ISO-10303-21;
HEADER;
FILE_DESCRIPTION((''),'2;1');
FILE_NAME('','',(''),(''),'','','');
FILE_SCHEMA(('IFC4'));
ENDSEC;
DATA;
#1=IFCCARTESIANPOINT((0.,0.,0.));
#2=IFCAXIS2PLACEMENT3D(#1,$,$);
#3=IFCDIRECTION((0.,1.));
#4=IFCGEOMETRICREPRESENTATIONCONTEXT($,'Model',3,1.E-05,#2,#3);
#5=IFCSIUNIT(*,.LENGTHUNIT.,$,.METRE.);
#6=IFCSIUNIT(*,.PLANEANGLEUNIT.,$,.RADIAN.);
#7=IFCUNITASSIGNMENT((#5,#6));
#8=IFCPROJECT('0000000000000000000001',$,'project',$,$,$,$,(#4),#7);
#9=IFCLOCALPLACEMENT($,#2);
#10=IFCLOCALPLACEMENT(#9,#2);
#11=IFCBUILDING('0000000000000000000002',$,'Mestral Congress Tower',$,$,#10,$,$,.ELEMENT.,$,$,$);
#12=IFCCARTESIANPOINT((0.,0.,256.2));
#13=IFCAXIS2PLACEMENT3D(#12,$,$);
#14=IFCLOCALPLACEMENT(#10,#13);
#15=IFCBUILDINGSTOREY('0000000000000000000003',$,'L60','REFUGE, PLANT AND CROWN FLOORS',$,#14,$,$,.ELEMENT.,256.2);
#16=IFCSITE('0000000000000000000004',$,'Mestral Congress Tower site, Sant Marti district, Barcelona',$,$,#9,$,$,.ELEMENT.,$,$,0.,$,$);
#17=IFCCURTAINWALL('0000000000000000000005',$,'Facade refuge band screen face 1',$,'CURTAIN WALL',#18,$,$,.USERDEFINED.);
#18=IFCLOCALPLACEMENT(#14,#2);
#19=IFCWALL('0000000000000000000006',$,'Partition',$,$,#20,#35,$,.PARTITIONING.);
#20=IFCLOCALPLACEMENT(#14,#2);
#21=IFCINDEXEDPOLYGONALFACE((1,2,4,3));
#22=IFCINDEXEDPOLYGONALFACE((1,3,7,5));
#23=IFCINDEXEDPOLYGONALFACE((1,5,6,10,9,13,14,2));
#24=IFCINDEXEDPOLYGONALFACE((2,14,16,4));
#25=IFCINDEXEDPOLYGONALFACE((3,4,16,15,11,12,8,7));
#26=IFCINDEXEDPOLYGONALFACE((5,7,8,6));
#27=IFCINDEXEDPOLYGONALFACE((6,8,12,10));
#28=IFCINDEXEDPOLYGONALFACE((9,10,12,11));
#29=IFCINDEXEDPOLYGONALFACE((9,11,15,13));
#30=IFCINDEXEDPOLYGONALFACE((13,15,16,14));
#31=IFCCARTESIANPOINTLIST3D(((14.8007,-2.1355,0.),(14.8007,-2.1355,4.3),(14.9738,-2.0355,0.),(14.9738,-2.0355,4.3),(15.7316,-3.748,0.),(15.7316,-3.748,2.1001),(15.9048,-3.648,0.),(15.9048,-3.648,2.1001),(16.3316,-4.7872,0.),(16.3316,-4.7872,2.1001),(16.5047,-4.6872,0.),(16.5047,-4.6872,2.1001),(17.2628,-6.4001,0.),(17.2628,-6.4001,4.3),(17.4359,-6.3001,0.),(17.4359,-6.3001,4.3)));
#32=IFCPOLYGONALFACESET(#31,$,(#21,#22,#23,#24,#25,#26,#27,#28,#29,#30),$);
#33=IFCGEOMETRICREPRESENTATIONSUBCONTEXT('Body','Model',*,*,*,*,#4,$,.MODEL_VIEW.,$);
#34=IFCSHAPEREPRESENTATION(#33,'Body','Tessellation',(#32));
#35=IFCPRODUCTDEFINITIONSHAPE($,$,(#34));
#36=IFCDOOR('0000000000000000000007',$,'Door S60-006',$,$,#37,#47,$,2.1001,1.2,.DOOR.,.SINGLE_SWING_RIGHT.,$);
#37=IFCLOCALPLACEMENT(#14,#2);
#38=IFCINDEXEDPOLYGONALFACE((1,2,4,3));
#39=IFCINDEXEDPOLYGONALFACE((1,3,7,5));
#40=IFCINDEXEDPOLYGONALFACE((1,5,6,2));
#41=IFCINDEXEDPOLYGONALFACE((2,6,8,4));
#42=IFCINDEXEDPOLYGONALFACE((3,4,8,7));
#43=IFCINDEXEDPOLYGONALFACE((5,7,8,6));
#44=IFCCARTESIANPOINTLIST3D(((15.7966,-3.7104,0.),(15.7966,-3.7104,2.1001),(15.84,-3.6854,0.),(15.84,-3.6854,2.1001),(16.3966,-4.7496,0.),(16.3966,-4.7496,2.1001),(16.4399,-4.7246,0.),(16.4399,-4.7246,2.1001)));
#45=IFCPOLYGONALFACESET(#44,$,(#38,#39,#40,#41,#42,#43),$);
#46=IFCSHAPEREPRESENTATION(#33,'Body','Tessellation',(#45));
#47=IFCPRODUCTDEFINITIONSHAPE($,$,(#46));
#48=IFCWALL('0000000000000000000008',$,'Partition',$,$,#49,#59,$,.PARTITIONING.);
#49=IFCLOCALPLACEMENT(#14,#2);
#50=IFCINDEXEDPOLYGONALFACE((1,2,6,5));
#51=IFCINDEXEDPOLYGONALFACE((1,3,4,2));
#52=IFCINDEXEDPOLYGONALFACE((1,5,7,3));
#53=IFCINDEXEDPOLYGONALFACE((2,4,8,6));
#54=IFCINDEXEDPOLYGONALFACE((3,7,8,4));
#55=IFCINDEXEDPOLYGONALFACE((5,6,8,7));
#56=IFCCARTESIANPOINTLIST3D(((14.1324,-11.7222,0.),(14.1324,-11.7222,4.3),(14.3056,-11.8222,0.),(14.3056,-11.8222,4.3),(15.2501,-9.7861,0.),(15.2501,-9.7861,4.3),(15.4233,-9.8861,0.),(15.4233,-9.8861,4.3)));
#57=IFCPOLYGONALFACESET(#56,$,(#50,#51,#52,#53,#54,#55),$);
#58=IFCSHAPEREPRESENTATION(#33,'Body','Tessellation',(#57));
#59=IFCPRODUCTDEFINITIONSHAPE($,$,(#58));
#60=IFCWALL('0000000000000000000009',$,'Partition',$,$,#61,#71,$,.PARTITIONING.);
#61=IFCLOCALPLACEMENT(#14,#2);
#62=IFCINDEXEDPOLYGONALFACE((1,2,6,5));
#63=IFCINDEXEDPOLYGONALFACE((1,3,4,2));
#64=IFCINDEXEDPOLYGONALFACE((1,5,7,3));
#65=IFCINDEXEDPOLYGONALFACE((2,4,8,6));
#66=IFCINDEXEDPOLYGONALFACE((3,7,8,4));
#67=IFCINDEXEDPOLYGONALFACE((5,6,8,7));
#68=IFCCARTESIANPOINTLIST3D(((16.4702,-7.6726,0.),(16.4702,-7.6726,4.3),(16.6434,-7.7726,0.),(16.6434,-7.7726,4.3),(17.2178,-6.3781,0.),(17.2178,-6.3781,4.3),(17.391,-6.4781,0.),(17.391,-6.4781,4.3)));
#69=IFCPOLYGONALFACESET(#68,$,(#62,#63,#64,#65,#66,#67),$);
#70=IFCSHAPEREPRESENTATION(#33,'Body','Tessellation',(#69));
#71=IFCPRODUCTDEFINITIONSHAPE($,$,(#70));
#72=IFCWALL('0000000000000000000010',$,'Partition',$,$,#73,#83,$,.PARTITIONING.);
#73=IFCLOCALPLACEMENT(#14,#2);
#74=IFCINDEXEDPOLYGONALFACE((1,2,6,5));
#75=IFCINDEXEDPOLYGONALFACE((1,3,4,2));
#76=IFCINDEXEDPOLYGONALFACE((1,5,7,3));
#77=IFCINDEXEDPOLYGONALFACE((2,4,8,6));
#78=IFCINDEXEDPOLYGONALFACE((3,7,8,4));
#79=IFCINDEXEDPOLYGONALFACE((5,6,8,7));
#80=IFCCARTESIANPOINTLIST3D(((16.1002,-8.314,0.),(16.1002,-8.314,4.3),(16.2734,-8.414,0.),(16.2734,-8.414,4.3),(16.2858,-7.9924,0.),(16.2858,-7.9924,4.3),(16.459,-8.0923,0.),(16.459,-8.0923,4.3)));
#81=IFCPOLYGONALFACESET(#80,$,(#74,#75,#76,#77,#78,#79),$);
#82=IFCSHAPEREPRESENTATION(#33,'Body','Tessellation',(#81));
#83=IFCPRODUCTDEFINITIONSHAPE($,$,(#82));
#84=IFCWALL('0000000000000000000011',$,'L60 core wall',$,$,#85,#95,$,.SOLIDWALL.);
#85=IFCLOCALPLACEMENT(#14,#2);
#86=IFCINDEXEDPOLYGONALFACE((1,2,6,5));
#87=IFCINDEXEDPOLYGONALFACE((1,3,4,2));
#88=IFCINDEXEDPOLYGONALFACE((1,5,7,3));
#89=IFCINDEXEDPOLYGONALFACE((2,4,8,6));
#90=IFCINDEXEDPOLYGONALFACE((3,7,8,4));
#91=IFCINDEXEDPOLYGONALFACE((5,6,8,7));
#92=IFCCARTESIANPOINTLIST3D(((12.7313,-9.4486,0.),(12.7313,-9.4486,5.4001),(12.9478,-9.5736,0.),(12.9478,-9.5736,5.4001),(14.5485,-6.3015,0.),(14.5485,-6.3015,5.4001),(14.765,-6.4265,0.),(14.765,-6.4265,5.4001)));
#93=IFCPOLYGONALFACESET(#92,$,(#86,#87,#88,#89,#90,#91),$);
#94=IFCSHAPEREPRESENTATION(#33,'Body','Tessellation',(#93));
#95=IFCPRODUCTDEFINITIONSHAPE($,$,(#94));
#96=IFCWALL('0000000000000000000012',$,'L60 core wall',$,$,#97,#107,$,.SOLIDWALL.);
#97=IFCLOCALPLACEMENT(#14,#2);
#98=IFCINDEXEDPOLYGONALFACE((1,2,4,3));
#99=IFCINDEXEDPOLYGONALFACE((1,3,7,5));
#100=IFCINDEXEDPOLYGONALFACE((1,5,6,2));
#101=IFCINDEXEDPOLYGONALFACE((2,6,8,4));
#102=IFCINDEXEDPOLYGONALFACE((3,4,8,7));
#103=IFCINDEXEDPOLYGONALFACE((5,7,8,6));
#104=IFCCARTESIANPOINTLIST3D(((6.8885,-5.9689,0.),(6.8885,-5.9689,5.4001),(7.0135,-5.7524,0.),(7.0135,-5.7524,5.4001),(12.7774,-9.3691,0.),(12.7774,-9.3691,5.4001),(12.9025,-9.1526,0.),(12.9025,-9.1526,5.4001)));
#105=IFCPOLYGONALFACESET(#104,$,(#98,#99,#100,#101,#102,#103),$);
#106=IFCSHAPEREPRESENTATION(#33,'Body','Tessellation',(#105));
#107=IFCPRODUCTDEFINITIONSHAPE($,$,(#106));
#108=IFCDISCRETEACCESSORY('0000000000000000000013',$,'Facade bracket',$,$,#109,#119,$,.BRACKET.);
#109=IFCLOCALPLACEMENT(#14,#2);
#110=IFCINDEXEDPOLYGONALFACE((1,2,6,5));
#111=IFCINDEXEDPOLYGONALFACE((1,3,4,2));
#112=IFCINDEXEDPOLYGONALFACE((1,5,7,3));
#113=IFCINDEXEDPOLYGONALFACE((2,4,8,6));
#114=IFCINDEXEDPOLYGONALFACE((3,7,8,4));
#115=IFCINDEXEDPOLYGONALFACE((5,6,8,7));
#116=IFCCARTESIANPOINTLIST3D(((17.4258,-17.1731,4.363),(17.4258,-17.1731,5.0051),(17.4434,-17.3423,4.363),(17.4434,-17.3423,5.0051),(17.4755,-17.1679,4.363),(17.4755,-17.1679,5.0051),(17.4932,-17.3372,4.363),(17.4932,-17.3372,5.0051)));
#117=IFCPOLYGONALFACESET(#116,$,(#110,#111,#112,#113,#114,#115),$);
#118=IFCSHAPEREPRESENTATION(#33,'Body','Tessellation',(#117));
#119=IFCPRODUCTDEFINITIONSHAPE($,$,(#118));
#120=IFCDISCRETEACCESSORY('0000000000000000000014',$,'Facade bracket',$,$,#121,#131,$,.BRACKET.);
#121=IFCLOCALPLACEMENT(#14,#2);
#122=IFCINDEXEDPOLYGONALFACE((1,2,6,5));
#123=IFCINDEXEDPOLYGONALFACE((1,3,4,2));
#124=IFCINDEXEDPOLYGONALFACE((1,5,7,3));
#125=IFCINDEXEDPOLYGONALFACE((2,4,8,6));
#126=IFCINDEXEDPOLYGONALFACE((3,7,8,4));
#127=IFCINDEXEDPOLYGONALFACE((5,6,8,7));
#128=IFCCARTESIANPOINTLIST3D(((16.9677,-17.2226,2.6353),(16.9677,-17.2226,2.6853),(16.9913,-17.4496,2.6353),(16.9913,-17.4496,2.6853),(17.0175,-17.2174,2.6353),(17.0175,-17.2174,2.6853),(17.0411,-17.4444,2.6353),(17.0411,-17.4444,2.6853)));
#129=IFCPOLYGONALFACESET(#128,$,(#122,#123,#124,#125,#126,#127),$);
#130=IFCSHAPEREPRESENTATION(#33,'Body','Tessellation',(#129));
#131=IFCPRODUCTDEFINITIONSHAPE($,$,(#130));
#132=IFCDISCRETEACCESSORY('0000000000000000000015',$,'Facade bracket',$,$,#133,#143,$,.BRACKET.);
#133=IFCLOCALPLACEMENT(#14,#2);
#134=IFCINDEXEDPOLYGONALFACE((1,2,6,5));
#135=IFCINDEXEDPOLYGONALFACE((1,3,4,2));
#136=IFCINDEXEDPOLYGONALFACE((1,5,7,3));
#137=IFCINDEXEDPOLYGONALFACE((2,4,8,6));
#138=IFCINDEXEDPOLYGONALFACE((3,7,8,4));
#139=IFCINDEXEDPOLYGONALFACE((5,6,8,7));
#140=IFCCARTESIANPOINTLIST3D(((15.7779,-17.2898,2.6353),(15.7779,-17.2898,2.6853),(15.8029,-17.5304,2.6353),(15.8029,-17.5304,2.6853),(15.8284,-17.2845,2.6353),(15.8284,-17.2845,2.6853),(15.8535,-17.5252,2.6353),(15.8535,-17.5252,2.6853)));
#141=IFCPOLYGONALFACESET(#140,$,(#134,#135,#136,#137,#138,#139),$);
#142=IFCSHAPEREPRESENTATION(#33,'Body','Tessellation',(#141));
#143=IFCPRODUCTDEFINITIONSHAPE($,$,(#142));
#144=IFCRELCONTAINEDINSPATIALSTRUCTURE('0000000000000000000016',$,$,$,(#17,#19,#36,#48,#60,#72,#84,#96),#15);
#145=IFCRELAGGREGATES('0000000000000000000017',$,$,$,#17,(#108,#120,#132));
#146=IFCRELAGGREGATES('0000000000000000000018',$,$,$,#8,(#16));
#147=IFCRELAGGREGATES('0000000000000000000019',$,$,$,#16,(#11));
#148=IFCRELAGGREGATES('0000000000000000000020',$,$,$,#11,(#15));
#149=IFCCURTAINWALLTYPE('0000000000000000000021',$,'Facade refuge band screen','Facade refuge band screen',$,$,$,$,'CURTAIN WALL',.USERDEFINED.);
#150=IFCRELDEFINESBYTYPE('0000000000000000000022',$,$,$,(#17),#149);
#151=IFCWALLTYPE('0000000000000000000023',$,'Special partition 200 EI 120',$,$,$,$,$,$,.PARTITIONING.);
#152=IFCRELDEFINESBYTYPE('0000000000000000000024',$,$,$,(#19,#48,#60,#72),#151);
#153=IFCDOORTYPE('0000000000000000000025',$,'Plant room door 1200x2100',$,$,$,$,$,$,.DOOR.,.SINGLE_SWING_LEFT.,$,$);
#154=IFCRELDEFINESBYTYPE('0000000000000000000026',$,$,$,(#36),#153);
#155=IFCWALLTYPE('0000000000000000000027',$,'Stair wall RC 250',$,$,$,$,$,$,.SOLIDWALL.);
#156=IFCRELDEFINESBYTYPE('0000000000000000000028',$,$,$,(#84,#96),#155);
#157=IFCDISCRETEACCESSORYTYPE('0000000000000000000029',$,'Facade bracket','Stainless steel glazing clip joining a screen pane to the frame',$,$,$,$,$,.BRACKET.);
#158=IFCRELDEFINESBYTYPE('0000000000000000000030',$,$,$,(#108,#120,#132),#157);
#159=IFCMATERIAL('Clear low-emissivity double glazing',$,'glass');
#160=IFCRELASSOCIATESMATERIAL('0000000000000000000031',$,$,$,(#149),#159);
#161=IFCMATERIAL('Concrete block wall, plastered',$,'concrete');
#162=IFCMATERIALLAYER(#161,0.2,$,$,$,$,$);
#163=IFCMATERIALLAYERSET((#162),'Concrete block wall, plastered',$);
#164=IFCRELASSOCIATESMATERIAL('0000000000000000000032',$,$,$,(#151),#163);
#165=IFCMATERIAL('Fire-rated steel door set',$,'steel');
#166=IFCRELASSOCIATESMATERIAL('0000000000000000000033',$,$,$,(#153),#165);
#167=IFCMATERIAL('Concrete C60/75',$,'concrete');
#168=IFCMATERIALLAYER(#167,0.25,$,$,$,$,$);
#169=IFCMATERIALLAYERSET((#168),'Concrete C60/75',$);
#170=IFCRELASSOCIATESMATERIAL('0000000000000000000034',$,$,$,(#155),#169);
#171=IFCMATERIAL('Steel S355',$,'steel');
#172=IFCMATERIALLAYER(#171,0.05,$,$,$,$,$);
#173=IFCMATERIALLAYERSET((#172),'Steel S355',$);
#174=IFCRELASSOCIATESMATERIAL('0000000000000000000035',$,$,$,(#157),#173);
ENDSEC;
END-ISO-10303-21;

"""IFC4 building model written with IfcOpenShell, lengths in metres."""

from ifc_helpers import new_model, si_unit, direction, frame, frame_2d, origin, origin_2d, place, context, subcontext, project, spatial, rectangle, extrude, material, layer, layer_set, type_object, element, fill, aggregate, save


model = new_model("IFC4")

# Units and contexts
model_context = context("Model", 3, precision=1e-05, world=origin(), true_north=direction((0.0, 1.0)))
body_context = subcontext(model_context, "Body", "Model", "MODEL_VIEW")
ifc_project = project(units=[si_unit("LENGTHUNIT", "METRE"), si_unit("PLANEANGLEUNIT", "RADIAN")], contexts=[model_context])

# Site, building, storey
site_placement = place(None, origin())
site = spatial("IfcSite", under=ifc_project, at=site_placement, Name="Mestral Congress Tower site, Sant Marti district, Barcelona", CompositionType="ELEMENT", RefElevation=0.0)
building_placement = place(site_placement, origin())
building = spatial("IfcBuilding", under=site, at=building_placement, Name="Mestral Congress Tower", CompositionType="ELEMENT")
storey_placement = place(building_placement, frame((0.0, 0.0, 256.2)))
storey = spatial("IfcBuildingStorey", under=building, at=storey_placement, Name="L60", Description="REFUGE, PLANT AND CROWN FLOORS", CompositionType="ELEMENT", Elevation=256.2)

# Shared definitions
ifc_material_1 = material(Name="Steel S355", Category="steel")

# Curtain wall
ifc_material_2 = material(Name="Clear low-emissivity double glazing", Category="glass")
curtain_wall_type = type_object("IfcCurtainWallType", Name="Facade refuge band screen", Description="Facade refuge band screen", ElementType="CURTAIN WALL", PredefinedType="USERDEFINED", material=ifc_material_2)
curtain_wall_placement = place(storey_placement, origin())
curtain_wall = element("IfcCurtainWall", 1, at=curtain_wall_placement, inside=storey, type_object=curtain_wall_type, Name="Facade refuge band screen face 1", ObjectType="CURTAIN WALL", PredefinedType="USERDEFINED")

# Shared definitions
ifc_material_3 = material(Name="Concrete C60/75", Category="concrete")

# Shared definitions
ifc_material_4 = material(Name="Concrete block wall, plastered", Category="concrete")
ifc_layer_1 = layer(ifc_material_4, 0.2)
ifc_layer_set_1 = layer_set([ifc_layer_1], Name="Concrete block wall, plastered")
wall_type_1 = type_object("IfcWallType", Name="Special partition 200 EI 120", PredefinedType="PARTITIONING", material=ifc_layer_set_1)
ifc_material_5 = material(Name="Fire-rated steel door set", Category="steel")

# Wall, opening, door
wall_1_placement = place(storey_placement, frame((17.3494, -6.3501, 0.0), z_axis=(0.0, 0.0, 1.0), x_axis=(-0.499994, 0.866029, 0.0)))
wall_1 = element("IfcWall", 2, at=wall_1_placement, inside=storey, type_object=wall_type_1, Name="Partition", PredefinedType="PARTITIONING", context=body_context, shape_type="SweptSolid", body=[
    extrude(rectangle(XDim=4.9243, YDim=0.2, at=frame_2d((2.4622, 0.0))), origin(), (0.0, 0.0, 1.0), 4.3),
])
opening_1_placement = place(wall_1_placement, frame((1.8623, 0.0, 0.0)))
opening_1 = element("IfcOpeningElement", 3, at=opening_1_placement, cuts=wall_1, PredefinedType="OPENING", context=body_context, shape_type="SweptSolid", body=[
    extrude(rectangle(XDim=1.2, YDim=2.1001, at=frame_2d((0.6001, 1.05))), frame((0.0, 0.1099, 0.0), z_axis=(0.0, -1.0, 0.0), x_axis=(1.0, 0.0, 0.0)), (0.0, 0.0, 1.0), 0.22),
])
door_type_1 = type_object("IfcDoorType", Name="Plant room door 1200x2100", OperationType="SINGLE_SWING_LEFT", PredefinedType="DOOR", material=ifc_material_5)
door_1_placement = place(opening_1_placement, origin())
door_1 = element("IfcDoor", 4, at=door_1_placement, inside=storey, type_object=door_type_1, Name="Door S60-006", OperationType="SINGLE_SWING_RIGHT", OverallHeight=2.1001, OverallWidth=1.2, PredefinedType="DOOR", context=body_context, shape_type="SweptSolid", body=[
    extrude(rectangle(XDim=1.2, YDim=2.1001, at=frame_2d((0.6001, 1.05))), frame((0.0, 0.0249, 0.0), z_axis=(0.0, -1.0, 0.0), x_axis=(1.0, 0.0, 0.0)), (0.0, 0.0, 1.0), 0.05),
])
fill(opening_1, door_1)

# Walls
wall_2_placement = place(storey_placement, frame((15.3367, -9.8362, 0.0), z_axis=(0.0, 0.0, 1.0), x_axis=(-0.499968, -0.866044, 0.0)))
element("IfcWall", 5, at=wall_2_placement, inside=storey, type_object=wall_type_1, Name="Partition", PredefinedType="PARTITIONING", context=body_context, shape_type="SweptSolid", body=[
    extrude(rectangle(XDim=2.2356, YDim=0.2, at=frame_2d((1.1177, 0.0))), origin(), (0.0, 0.0, 1.0), 4.3),
])
wall_3_placement = place(storey_placement, frame((17.3044, -6.428, 0.0), z_axis=(0.0, 0.0, 1.0), x_axis=(-0.500109, -0.865963, 0.0)))
element("IfcWall", 6, at=wall_3_placement, inside=storey, type_object=wall_type_1, Name="Partition", PredefinedType="PARTITIONING", context=body_context, shape_type="SweptSolid", body=[
    extrude(rectangle(XDim=1.4949, YDim=0.2, at=frame_2d((0.7476, 0.0))), origin(), (0.0, 0.0, 1.0), 4.3),
])
wall_4_placement = place(storey_placement, frame((16.3723, -8.0425, 0.0), z_axis=(0.0, 0.0, 1.0), x_axis=(-0.499817, -0.866131, 0.0)))
element("IfcWall", 7, at=wall_4_placement, inside=storey, type_object=wall_type_1, Name="Partition", PredefinedType="PARTITIONING", context=body_context, shape_type="SweptSolid", body=[
    extrude(rectangle(XDim=0.3713, YDim=0.2, at=frame_2d((0.1855, 0.0))), origin(), (0.0, 0.0, 1.0), 4.3),
])
ifc_layer_2 = layer(ifc_material_3, 0.25)
ifc_layer_set_2 = layer_set([ifc_layer_2], Name="Concrete C60/75")
wall_type_2 = type_object("IfcWallType", Name="Stair wall RC 250", PredefinedType="SOLIDWALL", material=ifc_layer_set_2)
wall_5_placement = place(storey_placement, frame((12.8396, -9.511, 0.0), z_axis=(0.0, 0.0, 1.0), x_axis=(0.500048, 0.865998, 0.0)))
element("IfcWall", 8, at=wall_5_placement, inside=storey, type_object=wall_type_2, Name="L60 core wall", PredefinedType="SOLIDWALL", context=body_context, shape_type="SweptSolid", body=[
    extrude(rectangle(XDim=3.634, YDim=0.25, at=frame_2d((1.8169, 0.0))), origin(), (0.0, 0.0, 1.0), 5.4001),
])
wall_6_placement = place(storey_placement, frame((12.8398, -9.2607, 0.0), z_axis=(0.0, 0.0, 1.0), x_axis=(-0.866014, 0.50002, 0.0)))
element("IfcWall", 9, at=wall_6_placement, inside=storey, type_object=wall_type_2, Name="L60 core wall", PredefinedType="SOLIDWALL", context=body_context, shape_type="SweptSolid", body=[
    extrude(rectangle(XDim=6.8, YDim=0.25, at=frame_2d((3.3999, 0.0))), origin(), (0.0, 0.0, 1.0), 5.4001),
])

# Discrete accessories
ifc_layer_3 = layer(ifc_material_1, 0.05)
ifc_layer_set_3 = layer_set([ifc_layer_3], Name="Steel S355")
discrete_accessory_type = type_object("IfcDiscreteAccessoryType", Name="Facade bracket", Description="Stainless steel glazing clip joining a screen pane to the frame", PredefinedType="BRACKET", material=ifc_layer_set_3)
discrete_accessory_1_placement = place(storey_placement, frame((17.4595, -17.2551, 4.363), z_axis=(0.0, 0.0, 1.0), x_axis=(0.994611, 0.10368, 0.0)))
discrete_accessory_1 = element("IfcDiscreteAccessory", 10, at=discrete_accessory_1_placement, type_object=discrete_accessory_type, Name="Facade bracket", PredefinedType="BRACKET", context=body_context, shape_type="SweptSolid", body=[
    extrude(rectangle(XDim=0.05, YDim=0.1702, at=origin_2d()), origin(), (0.0, 0.0, 1.0), 0.6421),
])
discrete_accessory_2_placement = place(storey_placement, frame((17.0044, -17.3335, 2.6353), z_axis=(0.0, 0.0, 1.0), x_axis=(0.994623, 0.103563, 0.0)))
discrete_accessory_2 = element("IfcDiscreteAccessory", 11, at=discrete_accessory_2_placement, type_object=discrete_accessory_type, Name="Facade bracket", PredefinedType="BRACKET", context=body_context, shape_type="SweptSolid", body=[
    extrude(rectangle(XDim=0.05, YDim=0.2283, at=origin_2d()), origin(), (0.0, 0.0, 1.0), 0.05),
])
discrete_accessory_3_placement = place(storey_placement, frame((15.8157, -17.4075, 2.6353), z_axis=(0.0, 0.0, 1.0), x_axis=(0.994625, 0.103539, 0.0)))
discrete_accessory_3 = element("IfcDiscreteAccessory", 12, at=discrete_accessory_3_placement, type_object=discrete_accessory_type, Name="Facade bracket", PredefinedType="BRACKET", context=body_context, shape_type="SweptSolid", body=[
    extrude(rectangle(XDim=0.0508, YDim=0.2419, at=origin_2d()), origin(), (0.0, 0.0, 1.0), 0.05),
])
aggregate(curtain_wall, [discrete_accessory_1, discrete_accessory_2, discrete_accessory_3])

save(model, "model.ifc")
